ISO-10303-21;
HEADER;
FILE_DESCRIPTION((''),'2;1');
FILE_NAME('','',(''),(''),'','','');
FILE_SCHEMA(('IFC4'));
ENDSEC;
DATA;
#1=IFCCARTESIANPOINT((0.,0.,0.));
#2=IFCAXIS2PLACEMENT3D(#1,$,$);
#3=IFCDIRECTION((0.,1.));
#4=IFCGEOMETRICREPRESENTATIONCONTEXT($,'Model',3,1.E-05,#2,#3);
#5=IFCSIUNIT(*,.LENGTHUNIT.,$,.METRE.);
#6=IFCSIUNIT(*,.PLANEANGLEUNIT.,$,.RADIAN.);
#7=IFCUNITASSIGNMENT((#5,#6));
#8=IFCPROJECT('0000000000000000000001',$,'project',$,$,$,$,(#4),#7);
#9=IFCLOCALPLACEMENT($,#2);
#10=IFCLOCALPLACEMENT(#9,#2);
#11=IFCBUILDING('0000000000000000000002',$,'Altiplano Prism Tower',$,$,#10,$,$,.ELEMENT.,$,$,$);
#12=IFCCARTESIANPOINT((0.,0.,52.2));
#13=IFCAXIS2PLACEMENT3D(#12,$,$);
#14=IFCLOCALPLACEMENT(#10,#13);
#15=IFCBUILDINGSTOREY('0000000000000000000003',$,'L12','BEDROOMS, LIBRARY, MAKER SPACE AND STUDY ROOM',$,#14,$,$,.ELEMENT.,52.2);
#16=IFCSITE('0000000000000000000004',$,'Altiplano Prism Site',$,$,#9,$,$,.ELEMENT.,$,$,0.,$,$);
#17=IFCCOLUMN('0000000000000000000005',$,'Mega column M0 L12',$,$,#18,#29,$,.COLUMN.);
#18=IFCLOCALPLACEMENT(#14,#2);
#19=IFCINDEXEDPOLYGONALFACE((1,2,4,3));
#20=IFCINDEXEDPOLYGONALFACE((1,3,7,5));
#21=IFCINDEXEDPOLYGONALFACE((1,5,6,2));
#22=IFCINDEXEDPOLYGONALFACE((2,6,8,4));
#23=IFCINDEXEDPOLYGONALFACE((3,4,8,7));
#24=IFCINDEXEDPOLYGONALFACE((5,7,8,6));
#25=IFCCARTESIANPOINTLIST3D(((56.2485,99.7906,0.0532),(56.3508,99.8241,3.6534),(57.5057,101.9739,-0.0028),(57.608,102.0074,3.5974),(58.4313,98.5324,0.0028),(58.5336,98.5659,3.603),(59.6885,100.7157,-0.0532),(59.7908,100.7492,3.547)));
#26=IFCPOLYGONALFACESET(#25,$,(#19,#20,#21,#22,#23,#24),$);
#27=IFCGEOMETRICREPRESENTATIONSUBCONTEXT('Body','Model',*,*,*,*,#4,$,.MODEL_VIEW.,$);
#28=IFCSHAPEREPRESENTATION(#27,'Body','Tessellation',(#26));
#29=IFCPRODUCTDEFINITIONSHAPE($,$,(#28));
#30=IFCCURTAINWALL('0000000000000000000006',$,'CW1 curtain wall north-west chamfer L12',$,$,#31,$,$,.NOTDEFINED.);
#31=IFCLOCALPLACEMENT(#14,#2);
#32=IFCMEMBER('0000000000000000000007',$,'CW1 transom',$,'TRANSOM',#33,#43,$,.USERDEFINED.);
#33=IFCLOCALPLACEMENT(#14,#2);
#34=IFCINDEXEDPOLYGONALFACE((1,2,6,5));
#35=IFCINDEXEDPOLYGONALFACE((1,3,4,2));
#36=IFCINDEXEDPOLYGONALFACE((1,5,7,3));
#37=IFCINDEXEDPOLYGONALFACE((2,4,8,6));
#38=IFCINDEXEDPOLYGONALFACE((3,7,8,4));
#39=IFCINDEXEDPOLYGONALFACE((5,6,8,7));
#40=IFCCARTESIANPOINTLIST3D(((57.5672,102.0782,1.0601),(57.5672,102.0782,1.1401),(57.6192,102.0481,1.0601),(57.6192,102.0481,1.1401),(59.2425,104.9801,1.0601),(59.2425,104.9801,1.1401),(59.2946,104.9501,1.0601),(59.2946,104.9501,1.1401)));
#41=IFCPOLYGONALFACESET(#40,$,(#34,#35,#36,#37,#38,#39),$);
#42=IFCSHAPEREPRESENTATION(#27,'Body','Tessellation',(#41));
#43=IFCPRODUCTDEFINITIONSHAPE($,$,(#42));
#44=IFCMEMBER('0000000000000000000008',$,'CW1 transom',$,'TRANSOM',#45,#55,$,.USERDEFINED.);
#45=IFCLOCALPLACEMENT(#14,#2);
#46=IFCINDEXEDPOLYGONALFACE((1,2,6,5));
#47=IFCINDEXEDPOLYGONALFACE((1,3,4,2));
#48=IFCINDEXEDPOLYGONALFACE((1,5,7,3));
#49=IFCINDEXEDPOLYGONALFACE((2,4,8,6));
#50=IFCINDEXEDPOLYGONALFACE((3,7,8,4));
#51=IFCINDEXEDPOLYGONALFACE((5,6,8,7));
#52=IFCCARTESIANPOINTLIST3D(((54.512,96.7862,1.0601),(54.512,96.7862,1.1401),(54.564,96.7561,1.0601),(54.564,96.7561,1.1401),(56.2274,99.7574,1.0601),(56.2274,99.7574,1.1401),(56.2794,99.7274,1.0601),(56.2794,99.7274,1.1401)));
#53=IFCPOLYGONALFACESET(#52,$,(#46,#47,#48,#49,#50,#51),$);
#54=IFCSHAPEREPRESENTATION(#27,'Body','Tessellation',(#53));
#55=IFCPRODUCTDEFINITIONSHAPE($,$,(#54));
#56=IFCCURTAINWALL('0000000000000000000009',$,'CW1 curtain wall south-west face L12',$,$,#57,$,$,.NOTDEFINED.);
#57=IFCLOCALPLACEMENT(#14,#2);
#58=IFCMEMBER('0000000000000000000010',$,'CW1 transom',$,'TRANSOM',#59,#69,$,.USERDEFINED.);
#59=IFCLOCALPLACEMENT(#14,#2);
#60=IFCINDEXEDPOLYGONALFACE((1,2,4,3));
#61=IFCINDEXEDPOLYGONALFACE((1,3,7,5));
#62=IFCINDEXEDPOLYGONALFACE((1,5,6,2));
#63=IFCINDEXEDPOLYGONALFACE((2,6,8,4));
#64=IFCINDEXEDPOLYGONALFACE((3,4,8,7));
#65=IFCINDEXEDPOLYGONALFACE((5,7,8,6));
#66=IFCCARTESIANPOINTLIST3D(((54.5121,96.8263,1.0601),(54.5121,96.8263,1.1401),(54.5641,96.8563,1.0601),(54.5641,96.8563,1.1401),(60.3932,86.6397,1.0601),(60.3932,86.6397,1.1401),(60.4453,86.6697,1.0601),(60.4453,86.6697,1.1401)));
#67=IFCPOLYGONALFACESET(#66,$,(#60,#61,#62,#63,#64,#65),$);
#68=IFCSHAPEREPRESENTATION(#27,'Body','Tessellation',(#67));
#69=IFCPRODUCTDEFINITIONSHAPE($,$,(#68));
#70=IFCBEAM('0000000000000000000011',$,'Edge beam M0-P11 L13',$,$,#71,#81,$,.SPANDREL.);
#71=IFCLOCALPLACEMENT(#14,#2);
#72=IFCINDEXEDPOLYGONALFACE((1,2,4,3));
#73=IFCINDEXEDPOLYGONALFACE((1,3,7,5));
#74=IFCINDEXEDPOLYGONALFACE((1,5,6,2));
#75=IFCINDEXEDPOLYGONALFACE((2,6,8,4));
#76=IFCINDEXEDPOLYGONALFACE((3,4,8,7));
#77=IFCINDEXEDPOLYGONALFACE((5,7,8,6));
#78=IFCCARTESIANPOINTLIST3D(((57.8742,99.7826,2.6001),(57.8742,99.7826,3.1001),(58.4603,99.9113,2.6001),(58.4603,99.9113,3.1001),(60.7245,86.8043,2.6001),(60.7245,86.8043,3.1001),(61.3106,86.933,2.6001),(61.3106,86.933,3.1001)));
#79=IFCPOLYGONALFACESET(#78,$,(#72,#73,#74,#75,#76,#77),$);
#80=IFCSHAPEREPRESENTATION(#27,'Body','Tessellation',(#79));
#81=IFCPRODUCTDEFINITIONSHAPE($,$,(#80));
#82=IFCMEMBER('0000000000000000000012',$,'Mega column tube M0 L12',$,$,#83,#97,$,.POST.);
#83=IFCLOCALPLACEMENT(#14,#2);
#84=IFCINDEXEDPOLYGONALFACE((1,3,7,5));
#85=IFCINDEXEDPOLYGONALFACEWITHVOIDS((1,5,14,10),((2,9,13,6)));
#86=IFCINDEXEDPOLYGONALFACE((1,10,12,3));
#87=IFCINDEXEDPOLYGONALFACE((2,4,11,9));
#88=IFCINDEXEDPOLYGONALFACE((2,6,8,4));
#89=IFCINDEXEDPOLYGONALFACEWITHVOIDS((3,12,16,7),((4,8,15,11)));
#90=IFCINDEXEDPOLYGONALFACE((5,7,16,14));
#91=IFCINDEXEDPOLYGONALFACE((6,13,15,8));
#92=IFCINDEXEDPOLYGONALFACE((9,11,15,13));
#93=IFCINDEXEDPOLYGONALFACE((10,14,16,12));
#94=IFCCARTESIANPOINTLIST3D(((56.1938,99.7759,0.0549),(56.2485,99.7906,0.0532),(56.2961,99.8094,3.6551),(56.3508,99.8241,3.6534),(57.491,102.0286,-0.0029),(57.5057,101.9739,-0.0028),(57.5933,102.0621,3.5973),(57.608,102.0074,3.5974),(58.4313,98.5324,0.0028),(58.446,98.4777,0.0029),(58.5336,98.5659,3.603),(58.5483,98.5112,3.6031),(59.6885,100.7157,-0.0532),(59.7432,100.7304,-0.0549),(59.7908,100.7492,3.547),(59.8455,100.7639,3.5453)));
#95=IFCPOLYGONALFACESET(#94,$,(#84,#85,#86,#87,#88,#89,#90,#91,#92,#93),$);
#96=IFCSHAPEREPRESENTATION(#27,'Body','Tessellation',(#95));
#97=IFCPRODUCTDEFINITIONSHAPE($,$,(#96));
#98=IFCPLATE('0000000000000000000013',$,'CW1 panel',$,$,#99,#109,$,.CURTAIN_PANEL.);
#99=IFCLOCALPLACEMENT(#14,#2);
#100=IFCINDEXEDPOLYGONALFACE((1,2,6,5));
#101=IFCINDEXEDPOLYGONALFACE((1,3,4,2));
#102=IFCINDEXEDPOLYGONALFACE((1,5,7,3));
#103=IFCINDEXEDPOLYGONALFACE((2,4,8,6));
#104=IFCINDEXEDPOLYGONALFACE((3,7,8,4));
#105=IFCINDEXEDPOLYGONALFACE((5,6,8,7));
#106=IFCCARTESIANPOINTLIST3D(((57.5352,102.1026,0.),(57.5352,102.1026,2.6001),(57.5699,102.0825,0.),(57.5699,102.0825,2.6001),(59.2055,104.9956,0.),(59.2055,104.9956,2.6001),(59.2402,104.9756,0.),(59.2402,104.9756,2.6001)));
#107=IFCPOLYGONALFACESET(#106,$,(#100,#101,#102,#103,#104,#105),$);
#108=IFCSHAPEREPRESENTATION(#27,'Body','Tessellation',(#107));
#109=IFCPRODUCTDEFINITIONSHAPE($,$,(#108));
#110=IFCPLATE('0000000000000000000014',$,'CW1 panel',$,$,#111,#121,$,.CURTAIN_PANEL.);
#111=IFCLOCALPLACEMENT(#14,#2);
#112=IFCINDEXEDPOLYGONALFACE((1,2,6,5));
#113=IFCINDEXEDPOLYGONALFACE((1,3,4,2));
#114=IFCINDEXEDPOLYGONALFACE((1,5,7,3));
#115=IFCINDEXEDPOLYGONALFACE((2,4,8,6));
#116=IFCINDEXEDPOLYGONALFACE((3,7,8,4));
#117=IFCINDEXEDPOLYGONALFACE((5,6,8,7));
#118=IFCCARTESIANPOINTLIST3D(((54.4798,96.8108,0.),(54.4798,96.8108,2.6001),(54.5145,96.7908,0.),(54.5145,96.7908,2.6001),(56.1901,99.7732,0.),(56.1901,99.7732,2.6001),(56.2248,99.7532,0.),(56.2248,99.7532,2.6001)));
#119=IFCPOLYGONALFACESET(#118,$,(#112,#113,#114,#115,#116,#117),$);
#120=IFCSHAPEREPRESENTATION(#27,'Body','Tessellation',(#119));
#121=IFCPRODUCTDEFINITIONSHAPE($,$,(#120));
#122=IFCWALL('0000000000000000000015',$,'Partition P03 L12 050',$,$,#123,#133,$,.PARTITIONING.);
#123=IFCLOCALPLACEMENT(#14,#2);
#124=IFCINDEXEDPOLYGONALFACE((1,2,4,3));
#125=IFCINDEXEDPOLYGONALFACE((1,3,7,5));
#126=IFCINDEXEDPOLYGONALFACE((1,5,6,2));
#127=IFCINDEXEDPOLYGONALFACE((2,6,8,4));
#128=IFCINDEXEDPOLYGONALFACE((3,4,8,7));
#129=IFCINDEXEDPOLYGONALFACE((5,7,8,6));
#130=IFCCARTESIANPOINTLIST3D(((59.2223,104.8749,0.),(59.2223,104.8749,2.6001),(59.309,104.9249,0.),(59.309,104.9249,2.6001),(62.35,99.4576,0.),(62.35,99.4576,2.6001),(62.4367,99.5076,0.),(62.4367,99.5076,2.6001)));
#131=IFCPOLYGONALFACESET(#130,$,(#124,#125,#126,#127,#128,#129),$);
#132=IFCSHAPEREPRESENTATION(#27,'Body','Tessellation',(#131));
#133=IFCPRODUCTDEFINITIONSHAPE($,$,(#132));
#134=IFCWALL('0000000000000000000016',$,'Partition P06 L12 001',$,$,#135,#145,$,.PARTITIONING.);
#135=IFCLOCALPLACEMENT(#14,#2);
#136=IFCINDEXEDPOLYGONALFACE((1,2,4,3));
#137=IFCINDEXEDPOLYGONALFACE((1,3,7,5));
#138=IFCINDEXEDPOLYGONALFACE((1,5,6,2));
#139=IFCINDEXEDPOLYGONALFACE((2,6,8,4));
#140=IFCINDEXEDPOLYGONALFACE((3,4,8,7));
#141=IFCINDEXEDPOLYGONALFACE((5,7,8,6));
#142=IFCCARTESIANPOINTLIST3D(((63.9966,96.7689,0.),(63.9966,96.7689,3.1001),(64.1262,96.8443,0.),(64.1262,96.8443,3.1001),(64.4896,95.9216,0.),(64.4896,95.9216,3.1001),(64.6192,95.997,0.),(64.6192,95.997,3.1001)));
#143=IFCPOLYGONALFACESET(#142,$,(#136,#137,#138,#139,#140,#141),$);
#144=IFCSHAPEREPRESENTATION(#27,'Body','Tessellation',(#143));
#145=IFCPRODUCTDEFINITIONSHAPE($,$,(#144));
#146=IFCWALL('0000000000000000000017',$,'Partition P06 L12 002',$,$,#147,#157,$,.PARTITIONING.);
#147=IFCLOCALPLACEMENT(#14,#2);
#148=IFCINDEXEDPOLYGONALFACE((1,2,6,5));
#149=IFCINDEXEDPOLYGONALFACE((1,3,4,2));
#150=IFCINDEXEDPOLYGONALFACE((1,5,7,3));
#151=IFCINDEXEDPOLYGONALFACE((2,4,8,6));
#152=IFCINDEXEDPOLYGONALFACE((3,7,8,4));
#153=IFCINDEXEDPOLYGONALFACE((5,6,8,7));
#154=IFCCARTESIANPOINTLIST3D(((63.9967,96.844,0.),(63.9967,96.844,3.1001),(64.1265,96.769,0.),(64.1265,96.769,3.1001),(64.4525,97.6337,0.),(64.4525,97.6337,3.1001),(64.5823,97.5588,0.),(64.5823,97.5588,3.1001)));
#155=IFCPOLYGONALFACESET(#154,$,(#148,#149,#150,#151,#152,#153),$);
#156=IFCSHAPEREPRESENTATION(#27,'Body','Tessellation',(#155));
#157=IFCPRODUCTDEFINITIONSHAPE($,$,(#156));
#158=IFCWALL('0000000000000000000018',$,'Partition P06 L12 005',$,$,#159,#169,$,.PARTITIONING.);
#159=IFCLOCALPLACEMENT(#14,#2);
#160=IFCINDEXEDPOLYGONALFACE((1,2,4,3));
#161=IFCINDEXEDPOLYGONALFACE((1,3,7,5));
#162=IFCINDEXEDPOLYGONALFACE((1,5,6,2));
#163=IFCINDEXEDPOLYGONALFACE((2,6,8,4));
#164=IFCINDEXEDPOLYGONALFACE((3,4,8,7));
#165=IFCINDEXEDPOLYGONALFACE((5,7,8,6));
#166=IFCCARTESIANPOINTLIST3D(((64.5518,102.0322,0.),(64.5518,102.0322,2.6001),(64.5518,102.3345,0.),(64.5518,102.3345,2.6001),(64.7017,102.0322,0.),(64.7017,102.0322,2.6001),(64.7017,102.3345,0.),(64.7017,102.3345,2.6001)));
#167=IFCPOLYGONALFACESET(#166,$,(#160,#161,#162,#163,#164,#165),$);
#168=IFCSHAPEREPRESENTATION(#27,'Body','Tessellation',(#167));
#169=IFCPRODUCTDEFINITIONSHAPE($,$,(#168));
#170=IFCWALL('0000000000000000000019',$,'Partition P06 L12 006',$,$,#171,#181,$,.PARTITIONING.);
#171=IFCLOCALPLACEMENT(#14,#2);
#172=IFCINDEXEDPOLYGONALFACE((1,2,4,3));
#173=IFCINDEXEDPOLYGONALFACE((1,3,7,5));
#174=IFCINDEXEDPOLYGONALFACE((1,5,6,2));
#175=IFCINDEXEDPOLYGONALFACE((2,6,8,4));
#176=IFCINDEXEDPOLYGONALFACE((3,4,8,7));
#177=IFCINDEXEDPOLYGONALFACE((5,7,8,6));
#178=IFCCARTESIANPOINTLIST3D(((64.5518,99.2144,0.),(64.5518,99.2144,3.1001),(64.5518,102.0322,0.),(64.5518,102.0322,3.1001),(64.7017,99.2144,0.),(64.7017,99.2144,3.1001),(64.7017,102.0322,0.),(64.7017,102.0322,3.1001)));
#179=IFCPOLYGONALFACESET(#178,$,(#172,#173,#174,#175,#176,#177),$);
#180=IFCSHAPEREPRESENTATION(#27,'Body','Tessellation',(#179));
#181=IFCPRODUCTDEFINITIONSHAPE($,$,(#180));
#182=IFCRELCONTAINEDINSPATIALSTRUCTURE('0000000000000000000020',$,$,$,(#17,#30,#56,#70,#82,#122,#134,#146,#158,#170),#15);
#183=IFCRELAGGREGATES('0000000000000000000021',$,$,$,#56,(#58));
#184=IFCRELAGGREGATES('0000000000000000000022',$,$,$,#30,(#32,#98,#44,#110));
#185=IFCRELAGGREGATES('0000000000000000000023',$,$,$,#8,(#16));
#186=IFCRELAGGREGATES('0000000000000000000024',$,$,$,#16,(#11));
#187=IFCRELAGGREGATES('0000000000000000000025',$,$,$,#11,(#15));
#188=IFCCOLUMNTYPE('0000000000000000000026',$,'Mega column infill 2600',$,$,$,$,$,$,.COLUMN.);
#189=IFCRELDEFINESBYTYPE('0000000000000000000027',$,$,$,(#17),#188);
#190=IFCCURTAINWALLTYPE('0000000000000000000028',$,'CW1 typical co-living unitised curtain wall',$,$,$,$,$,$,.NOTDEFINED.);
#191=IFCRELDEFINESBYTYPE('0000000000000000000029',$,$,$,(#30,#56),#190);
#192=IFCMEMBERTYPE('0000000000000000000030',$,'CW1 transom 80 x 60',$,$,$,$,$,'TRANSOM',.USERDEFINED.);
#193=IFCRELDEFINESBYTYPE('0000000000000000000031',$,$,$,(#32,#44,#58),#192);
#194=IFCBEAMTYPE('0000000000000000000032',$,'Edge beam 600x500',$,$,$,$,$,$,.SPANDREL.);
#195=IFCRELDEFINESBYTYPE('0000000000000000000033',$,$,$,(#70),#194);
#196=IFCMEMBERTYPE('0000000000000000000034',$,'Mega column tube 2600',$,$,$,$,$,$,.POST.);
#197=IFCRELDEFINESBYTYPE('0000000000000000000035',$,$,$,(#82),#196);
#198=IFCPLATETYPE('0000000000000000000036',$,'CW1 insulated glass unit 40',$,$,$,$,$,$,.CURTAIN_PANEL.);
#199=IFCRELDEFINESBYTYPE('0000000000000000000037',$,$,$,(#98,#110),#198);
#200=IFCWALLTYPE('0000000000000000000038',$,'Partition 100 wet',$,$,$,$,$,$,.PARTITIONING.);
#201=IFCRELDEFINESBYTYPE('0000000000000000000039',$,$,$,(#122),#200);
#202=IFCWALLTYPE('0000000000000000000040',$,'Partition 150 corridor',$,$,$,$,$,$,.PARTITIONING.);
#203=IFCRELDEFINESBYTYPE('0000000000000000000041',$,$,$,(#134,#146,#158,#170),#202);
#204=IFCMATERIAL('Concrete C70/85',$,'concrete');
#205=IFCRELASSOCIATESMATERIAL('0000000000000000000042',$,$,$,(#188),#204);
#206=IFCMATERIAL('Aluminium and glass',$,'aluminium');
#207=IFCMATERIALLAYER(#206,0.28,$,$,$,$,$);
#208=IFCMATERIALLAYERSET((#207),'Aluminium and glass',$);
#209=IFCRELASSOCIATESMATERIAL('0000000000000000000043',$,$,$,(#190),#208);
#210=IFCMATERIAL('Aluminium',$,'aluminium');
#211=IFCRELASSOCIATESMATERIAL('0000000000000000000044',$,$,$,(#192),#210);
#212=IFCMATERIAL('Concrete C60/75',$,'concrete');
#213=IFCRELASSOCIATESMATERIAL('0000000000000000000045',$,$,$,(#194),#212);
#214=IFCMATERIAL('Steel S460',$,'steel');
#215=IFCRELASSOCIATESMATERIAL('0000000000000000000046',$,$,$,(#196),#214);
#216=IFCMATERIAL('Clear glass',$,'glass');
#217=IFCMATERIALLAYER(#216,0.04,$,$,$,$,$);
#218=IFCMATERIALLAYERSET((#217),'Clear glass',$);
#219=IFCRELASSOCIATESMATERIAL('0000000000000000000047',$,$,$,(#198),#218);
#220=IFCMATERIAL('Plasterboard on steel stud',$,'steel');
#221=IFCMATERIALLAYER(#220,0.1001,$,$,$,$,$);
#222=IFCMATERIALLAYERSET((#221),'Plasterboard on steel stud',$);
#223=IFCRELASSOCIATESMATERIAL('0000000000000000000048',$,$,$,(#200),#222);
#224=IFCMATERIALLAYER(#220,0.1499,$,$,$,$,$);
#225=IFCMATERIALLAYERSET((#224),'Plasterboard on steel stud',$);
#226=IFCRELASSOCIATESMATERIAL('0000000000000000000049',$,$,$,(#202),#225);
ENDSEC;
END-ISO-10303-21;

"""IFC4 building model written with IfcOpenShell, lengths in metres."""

from ifc_helpers import new_model, si_unit, direction, frame, frame_2d, origin, origin_2d, place, context, subcontext, project, spatial, rectangle, hollow_rectangle, extrude, material, layer, layer_set, material_profile, profile_set, type_object, element, aggregate, save


model = new_model("IFC4")

# Units and contexts
model_context = context("Model", 3, precision=1e-05, world=origin(), true_north=direction((0.0, 1.0)))
body_context = subcontext(model_context, "Body", "Model", "MODEL_VIEW")
ifc_project = project(units=[si_unit("LENGTHUNIT", "METRE"), si_unit("PLANEANGLEUNIT", "RADIAN")], contexts=[model_context])

# Site, building, storey
site_placement = place(None, origin())
site = spatial("IfcSite", under=ifc_project, at=site_placement, Name="Altiplano Prism Site", CompositionType="ELEMENT", RefElevation=0.0)
building_placement = place(site_placement, origin())
building = spatial("IfcBuilding", under=site, at=building_placement, Name="Altiplano Prism Tower", CompositionType="ELEMENT")
storey_placement = place(building_placement, frame((0.0, 0.0, 52.2)))
storey = spatial("IfcBuildingStorey", under=building, at=storey_placement, Name="L12", Description="BEDROOMS, LIBRARY, MAKER SPACE AND STUDY ROOM", CompositionType="ELEMENT", Elevation=52.2)

# Column
ifc_material_1 = material(Name="Concrete C70/85", Category="concrete")
ifc_material_profile_1 = material_profile(ifc_material_1, rectangle(XDim=2.52, YDim=2.52, at=origin_2d()), Name="Mega column infill 2600")
ifc_profile_set_1 = profile_set([ifc_material_profile_1], Name="Concrete C70/85")
column_type = type_object("IfcColumnType", Name="Mega column infill 2600", PredefinedType="COLUMN", material=ifc_profile_set_1)
column_placement = place(storey_placement, frame((57.9685, 100.2532, 0.0), z_axis=(0.028402, 0.009287, 0.999553), x_axis=(-0.866202, 0.499295, 0.019974)))
element("IfcColumn", 1, at=column_placement, inside=storey, type_object=column_type, Name="Mega column M0 L12", PredefinedType="COLUMN", context=body_context, shape_type="SweptSolid", body=[
    extrude(rectangle(XDim=2.52, YDim=2.52, at=origin_2d()), origin(), (0.0, 0.0, 1.0), 3.6018),
])

# Curtain wall, members
ifc_material_2 = material(Name="Aluminium and glass", Category="aluminium")
ifc_layer_1 = layer(ifc_material_2, 0.28)
ifc_layer_set_1 = layer_set([ifc_layer_1], Name="Aluminium and glass")
curtain_wall_type = type_object("IfcCurtainWallType", Name="CW1 typical co-living unitised curtain wall", PredefinedType="NOTDEFINED", material=ifc_layer_set_1)
curtain_wall_1_placement = place(storey_placement, origin())
curtain_wall_1 = element("IfcCurtainWall", 2, at=curtain_wall_1_placement, inside=storey, type_object=curtain_wall_type, Name="CW1 curtain wall north-west chamfer L12", PredefinedType="NOTDEFINED")
ifc_material_3 = material(Name="Aluminium", Category="aluminium")
ifc_material_profile_2 = material_profile(ifc_material_3, rectangle(XDim=0.0601, YDim=0.0801, at=origin_2d()), Name="CW1 transom 80 x 60")
ifc_profile_set_2 = profile_set([ifc_material_profile_2], Name="Aluminium")
member_type_1 = type_object("IfcMemberType", Name="CW1 transom 80 x 60", ElementType="TRANSOM", PredefinedType="USERDEFINED", material=ifc_profile_set_2)
member_1_placement = place(storey_placement, frame((59.2686, 104.9651, 1.1001), z_axis=(-0.499979, -0.866038, 0.0), x_axis=(0.866038, -0.499979, 0.0)))
member_1 = element("IfcMember", 3, at=member_1_placement, type_object=member_type_1, Name="CW1 transom", ObjectType="TRANSOM", PredefinedType="USERDEFINED", context=body_context, shape_type="SweptSolid", body=[
    extrude(rectangle(XDim=0.0601, YDim=0.0801, at=origin_2d()), origin(), (0.0, 0.0, 1.0), 3.3508),
])
member_2_placement = place(storey_placement, frame((56.2534, 99.7424, 1.1001), z_axis=(-0.499981, -0.866036, 0.0), x_axis=(0.866036, -0.499981, 0.0)))
member_2 = element("IfcMember", 4, at=member_2_placement, type_object=member_type_1, Name="CW1 transom", ObjectType="TRANSOM", PredefinedType="USERDEFINED", context=body_context, shape_type="SweptSolid", body=[
    extrude(rectangle(XDim=0.0601, YDim=0.0801, at=origin_2d()), origin(), (0.0, 0.0, 1.0), 3.4309),
])

# Curtain wall, member
curtain_wall_2_placement = place(storey_placement, origin())
curtain_wall_2 = element("IfcCurtainWall", 5, at=curtain_wall_2_placement, inside=storey, type_object=curtain_wall_type, Name="CW1 curtain wall south-west face L12", PredefinedType="NOTDEFINED")
member_3_placement = place(storey_placement, frame((54.5381, 96.8413, 1.1001), z_axis=(0.499994, -0.866029, 0.0), x_axis=(0.866029, 0.499994, 0.0)))
member_3 = element("IfcMember", 6, at=member_3_placement, type_object=member_type_1, Name="CW1 transom", ObjectType="TRANSOM", PredefinedType="USERDEFINED", context=body_context, shape_type="SweptSolid", body=[
    extrude(rectangle(XDim=0.0601, YDim=0.0801, at=origin_2d()), origin(), (0.0, 0.0, 1.0), 11.7625),
])
aggregate(curtain_wall_2, [member_3])

# Beam
ifc_material_4 = material(Name="Concrete C60/75", Category="concrete")
ifc_material_profile_3 = material_profile(ifc_material_4, rectangle(XDim=0.6001, YDim=0.5, at=origin_2d()), Name="Edge beam 600x500")
ifc_profile_set_3 = profile_set([ifc_material_profile_3], Name="Concrete C60/75")
beam_type = type_object("IfcBeamType", Name="Edge beam 600x500", PredefinedType="SPANDREL", material=ifc_profile_set_3)
beam_placement = place(storey_placement, frame((58.1672, 99.8469, 2.8501), z_axis=(0.214512, -0.976721, 0.0), x_axis=(0.976721, 0.214512, 0.0)))
element("IfcBeam", 7, at=beam_placement, inside=storey, type_object=beam_type, Name="Edge beam M0-P11 L13", PredefinedType="SPANDREL", context=body_context, shape_type="SweptSolid", body=[
    extrude(rectangle(XDim=0.6001, YDim=0.5, at=origin_2d()), origin(), (0.0, 0.0, 1.0), 13.2876),
])

# Member
ifc_material_5 = material(Name="Steel S460", Category="steel")
ifc_material_profile_4 = material_profile(ifc_material_5, hollow_rectangle(XDim=2.6001, YDim=2.6001, WallThickness=0.04, at=origin_2d()), Name="Mega column tube 2600")
ifc_profile_set_4 = profile_set([ifc_material_profile_4], Name="Steel S460")
member_type_2 = type_object("IfcMemberType", Name="Mega column tube 2600", PredefinedType="POST", material=ifc_profile_set_4)
member_4_placement = place(storey_placement, frame((57.9685, 100.2532, 0.0), z_axis=(0.028402, 0.009287, 0.999553), x_axis=(-0.866202, 0.499295, 0.019974)))
element("IfcMember", 8, at=member_4_placement, inside=storey, type_object=member_type_2, Name="Mega column tube M0 L12", PredefinedType="POST", context=body_context, shape_type="SweptSolid", body=[
    extrude(hollow_rectangle(XDim=2.6001, YDim=2.6001, WallThickness=0.04, at=origin_2d()), origin(), (0.0, 0.0, 1.0), 3.6018),
])

# Plates
ifc_material_6 = material(Name="Clear glass", Category="glass")
ifc_layer_2 = layer(ifc_material_6, 0.04)
ifc_layer_set_2 = layer_set([ifc_layer_2], Name="Clear glass")
plate_type = type_object("IfcPlateType", Name="CW1 insulated glass unit 40", PredefinedType="CURTAIN_PANEL", material=ifc_layer_set_2)
plate_1_placement = place(storey_placement, frame((58.3877, 103.5391, 0.0), z_axis=(0.0, 0.0, 1.0), x_axis=(-0.5, -0.866025, 0.0)))
plate_1 = element("IfcPlate", 9, at=plate_1_placement, type_object=plate_type, Name="CW1 panel", PredefinedType="CURTAIN_PANEL", context=body_context, shape_type="SweptSolid", body=[
    extrude(rectangle(XDim=3.3406, YDim=0.04, at=origin_2d()), origin(), (0.0, 0.0, 1.0), 2.6001),
])
plate_2_placement = place(storey_placement, frame((55.3523, 98.282, 0.0), z_axis=(0.0, 0.0, 1.0), x_axis=(-0.5, -0.866025, 0.0)))
plate_2 = element("IfcPlate", 10, at=plate_2_placement, type_object=plate_type, Name="CW1 panel", PredefinedType="CURTAIN_PANEL", context=body_context, shape_type="SweptSolid", body=[
    extrude(rectangle(XDim=3.4207, YDim=0.04, at=origin_2d()), origin(), (0.0, 0.0, 1.0), 2.6001),
])
aggregate(curtain_wall_1, [member_1, plate_1, member_2, plate_2])

# Walls
ifc_material_7 = material(Name="Plasterboard on steel stud", Category="steel")
ifc_layer_3 = layer(ifc_material_7, 0.1001)
ifc_layer_set_3 = layer_set([ifc_layer_3], Name="Plasterboard on steel stud")
wall_type_1 = type_object("IfcWallType", Name="Partition 100 wet", PredefinedType="PARTITIONING", material=ifc_layer_set_3)
wall_1_placement = place(storey_placement, frame((59.2656, 104.8999, 0.0), z_axis=(0.0, 0.0, 1.0), x_axis=(0.500005, -0.866022, 0.0)))
element("IfcWall", 11, at=wall_1_placement, inside=storey, type_object=wall_type_1, Name="Partition P03 L12 050", PredefinedType="PARTITIONING", context=body_context, shape_type="SweptSolid", body=[
    extrude(rectangle(XDim=6.2554, YDim=0.1001, at=frame_2d((3.1277, 0.0))), origin(), (0.0, 0.0, 1.0), 2.6001),
])
ifc_layer_4 = layer(ifc_material_7, 0.1499)
ifc_layer_set_4 = layer_set([ifc_layer_4], Name="Plasterboard on steel stud")
wall_type_2 = type_object("IfcWallType", Name="Partition 150 corridor", PredefinedType="PARTITIONING", material=ifc_layer_set_4)
wall_2_placement = place(storey_placement, frame((64.5544, 95.9592, 0.0), z_axis=(0.0, 0.0, 1.0), x_axis=(-0.50291, 0.864338, 0.0)))
element("IfcWall", 12, at=wall_2_placement, inside=storey, type_object=wall_type_2, Name="Partition P06 L12 001", PredefinedType="PARTITIONING", context=body_context, shape_type="SweptSolid", body=[
    extrude(rectangle(XDim=0.9802, YDim=0.1499, at=frame_2d((0.4902, 0.0))), origin(), (0.0, 0.0, 1.0), 3.1001),
])
wall_3_placement = place(storey_placement, frame((64.0615, 96.8064, 0.0), z_axis=(0.0, 0.0, 1.0), x_axis=(0.499854, 0.86611, 0.0)))
element("IfcWall", 13, at=wall_3_placement, inside=storey, type_object=wall_type_2, Name="Partition P06 L12 002", PredefinedType="PARTITIONING", context=body_context, shape_type="SweptSolid", body=[
    extrude(rectangle(XDim=0.9119, YDim=0.1499, at=frame_2d((0.4561, 0.0))), origin(), (0.0, 0.0, 1.0), 3.1001),
])
wall_4_placement = place(storey_placement, frame((64.6267, 102.3345, 0.0), z_axis=(0.0, 0.0, 1.0), x_axis=(0.0, -1.0, 0.0)))
element("IfcWall", 14, at=wall_4_placement, inside=storey, type_object=wall_type_2, Name="Partition P06 L12 005", PredefinedType="PARTITIONING", context=body_context, shape_type="SweptSolid", body=[
    extrude(rectangle(XDim=0.3022, YDim=0.1499, at=frame_2d((0.1511, 0.0))), origin(), (0.0, 0.0, 1.0), 2.6001),
])
wall_5_placement = place(storey_placement, frame((64.6267, 102.0322, 0.0), z_axis=(0.0, 0.0, 1.0), x_axis=(0.0, -1.0, 0.0)))
element("IfcWall", 15, at=wall_5_placement, inside=storey, type_object=wall_type_2, Name="Partition P06 L12 006", PredefinedType="PARTITIONING", context=body_context, shape_type="SweptSolid", body=[
    extrude(rectangle(XDim=2.8179, YDim=0.1499, at=frame_2d((1.4089, 0.0))), origin(), (0.0, 0.0, 1.0), 3.1001),
])

save(model, "model.ifc")
